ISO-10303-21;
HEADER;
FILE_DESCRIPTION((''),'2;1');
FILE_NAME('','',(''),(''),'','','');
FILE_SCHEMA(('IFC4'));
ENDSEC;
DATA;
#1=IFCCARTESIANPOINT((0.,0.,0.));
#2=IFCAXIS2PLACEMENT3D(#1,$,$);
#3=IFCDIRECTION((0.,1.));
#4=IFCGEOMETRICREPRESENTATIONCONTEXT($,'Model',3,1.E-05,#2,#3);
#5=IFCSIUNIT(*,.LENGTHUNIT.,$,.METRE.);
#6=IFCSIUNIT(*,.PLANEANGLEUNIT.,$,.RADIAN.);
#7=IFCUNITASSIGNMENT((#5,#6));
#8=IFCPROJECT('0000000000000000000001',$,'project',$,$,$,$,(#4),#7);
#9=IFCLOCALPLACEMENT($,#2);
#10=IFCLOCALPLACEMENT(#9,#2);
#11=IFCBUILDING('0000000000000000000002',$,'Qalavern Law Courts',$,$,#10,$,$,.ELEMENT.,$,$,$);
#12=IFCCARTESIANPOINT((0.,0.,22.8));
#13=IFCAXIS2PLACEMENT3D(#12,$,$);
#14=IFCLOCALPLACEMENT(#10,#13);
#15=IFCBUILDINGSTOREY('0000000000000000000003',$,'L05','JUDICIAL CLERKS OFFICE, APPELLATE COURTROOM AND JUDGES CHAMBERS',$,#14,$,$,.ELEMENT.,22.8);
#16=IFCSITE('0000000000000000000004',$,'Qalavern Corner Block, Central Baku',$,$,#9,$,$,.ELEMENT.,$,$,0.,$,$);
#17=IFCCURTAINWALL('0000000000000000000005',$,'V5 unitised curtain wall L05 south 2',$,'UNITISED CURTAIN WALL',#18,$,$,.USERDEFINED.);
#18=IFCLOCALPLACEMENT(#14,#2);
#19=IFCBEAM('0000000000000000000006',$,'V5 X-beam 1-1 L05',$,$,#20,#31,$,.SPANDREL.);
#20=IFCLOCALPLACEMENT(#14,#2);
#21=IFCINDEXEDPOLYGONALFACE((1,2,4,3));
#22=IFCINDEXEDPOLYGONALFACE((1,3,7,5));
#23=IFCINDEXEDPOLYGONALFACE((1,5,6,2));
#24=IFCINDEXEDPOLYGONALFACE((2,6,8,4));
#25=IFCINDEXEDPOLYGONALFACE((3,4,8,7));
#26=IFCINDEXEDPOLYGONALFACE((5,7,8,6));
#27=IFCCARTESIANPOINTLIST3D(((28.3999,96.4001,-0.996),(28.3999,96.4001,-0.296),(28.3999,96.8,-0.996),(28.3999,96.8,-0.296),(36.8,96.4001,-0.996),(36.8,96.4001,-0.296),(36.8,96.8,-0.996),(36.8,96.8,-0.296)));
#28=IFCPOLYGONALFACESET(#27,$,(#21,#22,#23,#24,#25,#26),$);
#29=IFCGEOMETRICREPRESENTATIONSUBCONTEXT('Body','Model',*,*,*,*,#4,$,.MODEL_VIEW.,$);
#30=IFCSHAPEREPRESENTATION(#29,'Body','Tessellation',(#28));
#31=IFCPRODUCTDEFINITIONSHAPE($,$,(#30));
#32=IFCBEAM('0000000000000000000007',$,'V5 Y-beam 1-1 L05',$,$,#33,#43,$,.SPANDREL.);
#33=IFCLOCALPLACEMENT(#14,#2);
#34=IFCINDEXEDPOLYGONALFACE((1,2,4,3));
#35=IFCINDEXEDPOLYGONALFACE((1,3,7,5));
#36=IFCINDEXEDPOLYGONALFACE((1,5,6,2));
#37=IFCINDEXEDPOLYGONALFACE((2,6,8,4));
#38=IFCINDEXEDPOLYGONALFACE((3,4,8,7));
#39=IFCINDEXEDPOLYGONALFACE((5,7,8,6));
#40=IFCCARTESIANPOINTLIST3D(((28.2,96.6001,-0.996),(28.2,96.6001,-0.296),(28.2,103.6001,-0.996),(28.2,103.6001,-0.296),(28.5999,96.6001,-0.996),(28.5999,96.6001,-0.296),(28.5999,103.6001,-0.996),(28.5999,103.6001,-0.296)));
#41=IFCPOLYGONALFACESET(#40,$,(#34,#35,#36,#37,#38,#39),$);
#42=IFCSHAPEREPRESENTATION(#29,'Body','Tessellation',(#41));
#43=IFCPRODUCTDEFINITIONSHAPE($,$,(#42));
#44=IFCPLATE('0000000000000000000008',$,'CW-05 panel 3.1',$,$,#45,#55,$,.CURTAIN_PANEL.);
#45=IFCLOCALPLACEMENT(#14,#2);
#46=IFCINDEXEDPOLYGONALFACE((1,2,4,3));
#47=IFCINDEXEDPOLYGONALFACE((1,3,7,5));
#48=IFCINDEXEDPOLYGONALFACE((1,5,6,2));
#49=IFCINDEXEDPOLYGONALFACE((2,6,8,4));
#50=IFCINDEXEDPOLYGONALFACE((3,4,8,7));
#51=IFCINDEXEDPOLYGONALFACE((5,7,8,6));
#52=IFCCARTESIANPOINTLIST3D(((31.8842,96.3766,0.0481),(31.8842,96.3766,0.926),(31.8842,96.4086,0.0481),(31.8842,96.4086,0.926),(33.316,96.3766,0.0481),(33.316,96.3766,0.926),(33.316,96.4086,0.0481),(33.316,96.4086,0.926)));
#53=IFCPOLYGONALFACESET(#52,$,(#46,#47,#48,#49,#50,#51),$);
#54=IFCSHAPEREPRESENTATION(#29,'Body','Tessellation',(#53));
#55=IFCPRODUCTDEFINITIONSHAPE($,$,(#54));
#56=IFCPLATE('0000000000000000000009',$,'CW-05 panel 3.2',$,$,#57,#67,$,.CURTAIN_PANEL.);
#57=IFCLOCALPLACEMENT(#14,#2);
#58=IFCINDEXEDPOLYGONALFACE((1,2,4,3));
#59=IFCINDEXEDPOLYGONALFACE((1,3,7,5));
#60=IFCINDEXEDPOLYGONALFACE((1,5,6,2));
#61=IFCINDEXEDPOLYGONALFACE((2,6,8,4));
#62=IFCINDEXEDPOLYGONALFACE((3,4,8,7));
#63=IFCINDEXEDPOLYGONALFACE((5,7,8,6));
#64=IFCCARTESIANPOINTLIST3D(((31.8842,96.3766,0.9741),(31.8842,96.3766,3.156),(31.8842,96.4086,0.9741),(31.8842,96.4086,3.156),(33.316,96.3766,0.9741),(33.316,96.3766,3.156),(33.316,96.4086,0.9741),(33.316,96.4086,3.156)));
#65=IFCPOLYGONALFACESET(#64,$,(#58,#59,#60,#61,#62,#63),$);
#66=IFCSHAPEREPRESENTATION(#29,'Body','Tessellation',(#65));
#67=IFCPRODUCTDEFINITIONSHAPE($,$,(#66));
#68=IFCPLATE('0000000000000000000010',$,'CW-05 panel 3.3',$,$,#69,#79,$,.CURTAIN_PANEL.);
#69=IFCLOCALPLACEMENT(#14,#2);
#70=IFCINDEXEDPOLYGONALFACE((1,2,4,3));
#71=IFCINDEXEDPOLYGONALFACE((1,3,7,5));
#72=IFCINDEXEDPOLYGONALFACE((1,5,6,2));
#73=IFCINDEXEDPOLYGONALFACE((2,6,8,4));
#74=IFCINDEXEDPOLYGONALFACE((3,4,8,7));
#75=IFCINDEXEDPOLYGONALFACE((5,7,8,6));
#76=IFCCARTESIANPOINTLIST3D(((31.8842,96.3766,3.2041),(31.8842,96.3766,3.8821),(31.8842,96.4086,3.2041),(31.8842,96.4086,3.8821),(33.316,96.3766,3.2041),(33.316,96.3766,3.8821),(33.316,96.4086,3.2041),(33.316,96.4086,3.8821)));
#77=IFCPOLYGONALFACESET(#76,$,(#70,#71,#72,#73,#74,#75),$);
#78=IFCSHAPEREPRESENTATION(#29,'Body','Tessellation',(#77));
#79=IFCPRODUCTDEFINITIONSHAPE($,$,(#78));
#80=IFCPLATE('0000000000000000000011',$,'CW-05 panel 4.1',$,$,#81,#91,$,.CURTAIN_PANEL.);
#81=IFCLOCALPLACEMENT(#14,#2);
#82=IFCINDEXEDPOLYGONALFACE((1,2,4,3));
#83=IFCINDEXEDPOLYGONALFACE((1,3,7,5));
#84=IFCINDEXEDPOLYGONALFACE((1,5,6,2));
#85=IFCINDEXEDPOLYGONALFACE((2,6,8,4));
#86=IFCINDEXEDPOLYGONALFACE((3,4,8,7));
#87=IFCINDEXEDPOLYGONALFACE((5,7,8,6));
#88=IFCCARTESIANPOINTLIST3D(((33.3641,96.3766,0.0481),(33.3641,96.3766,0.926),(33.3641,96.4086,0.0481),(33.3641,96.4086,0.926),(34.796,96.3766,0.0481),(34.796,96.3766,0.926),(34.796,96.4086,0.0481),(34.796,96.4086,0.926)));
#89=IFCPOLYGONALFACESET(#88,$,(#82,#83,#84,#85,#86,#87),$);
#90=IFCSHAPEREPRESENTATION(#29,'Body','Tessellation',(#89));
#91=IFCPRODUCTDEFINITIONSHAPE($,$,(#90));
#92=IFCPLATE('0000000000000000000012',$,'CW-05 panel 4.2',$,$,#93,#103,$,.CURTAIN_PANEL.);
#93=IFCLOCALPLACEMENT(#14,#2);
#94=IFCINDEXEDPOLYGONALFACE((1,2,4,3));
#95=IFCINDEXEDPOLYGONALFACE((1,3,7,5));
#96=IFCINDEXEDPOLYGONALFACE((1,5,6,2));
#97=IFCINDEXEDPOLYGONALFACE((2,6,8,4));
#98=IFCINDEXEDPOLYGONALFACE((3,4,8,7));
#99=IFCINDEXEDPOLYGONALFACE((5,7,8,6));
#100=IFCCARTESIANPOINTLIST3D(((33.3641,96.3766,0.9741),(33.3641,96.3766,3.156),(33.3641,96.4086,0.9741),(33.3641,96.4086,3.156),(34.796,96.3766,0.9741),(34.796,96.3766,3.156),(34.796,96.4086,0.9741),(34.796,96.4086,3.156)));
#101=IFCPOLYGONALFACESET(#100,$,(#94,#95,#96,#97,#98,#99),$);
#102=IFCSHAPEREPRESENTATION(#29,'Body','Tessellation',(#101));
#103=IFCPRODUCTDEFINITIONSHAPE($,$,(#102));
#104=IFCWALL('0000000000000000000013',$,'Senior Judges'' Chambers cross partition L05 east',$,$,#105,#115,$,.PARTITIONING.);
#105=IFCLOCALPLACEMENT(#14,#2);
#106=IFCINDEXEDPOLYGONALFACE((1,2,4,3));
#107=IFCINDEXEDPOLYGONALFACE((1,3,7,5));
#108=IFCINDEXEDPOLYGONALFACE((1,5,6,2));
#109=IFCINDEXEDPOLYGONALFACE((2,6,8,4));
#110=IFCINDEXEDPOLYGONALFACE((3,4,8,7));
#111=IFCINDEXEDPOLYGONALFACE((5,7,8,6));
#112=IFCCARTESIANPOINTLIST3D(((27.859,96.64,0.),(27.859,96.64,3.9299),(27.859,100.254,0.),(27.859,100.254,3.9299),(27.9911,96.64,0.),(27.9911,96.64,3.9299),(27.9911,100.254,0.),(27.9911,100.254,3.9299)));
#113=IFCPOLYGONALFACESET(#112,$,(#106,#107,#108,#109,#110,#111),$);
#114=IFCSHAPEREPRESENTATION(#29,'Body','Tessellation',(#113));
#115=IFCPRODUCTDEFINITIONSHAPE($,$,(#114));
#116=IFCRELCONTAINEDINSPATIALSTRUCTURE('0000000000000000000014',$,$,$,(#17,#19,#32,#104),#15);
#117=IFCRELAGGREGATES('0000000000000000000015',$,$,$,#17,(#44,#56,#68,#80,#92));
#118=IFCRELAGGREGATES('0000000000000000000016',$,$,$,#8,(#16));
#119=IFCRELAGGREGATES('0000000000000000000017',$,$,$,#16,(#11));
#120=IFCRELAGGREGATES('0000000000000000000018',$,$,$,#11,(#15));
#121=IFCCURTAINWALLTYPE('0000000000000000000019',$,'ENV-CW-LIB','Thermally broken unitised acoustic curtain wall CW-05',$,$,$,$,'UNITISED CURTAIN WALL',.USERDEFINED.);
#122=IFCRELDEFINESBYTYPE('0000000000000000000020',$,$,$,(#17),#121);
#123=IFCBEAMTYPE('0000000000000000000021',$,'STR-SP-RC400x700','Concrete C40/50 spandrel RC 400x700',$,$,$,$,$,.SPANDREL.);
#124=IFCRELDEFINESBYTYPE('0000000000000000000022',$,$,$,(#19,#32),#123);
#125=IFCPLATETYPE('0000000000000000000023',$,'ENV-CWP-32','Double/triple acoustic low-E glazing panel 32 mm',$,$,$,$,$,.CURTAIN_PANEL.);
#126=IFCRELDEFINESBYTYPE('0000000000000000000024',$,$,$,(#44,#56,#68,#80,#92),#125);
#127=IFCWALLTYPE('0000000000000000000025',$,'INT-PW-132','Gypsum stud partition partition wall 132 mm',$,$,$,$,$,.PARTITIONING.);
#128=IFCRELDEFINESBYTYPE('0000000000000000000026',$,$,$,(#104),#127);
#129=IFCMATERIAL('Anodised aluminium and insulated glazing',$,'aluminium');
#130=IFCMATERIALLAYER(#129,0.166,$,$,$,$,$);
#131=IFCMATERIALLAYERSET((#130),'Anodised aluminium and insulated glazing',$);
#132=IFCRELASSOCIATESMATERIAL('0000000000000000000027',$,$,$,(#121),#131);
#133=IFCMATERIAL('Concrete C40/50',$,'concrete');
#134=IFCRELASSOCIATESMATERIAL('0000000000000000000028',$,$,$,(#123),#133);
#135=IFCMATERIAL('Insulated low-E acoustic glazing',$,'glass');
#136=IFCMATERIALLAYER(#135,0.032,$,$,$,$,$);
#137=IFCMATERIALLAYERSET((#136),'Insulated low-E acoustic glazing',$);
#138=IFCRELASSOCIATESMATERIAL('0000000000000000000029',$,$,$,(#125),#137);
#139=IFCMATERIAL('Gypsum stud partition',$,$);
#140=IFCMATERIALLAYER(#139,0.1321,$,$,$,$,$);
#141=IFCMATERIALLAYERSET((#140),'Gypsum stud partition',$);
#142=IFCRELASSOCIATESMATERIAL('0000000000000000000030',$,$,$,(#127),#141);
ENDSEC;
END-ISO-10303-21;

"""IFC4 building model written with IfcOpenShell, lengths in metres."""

from ifc_helpers import new_model, si_unit, direction, frame, frame_2d, origin, origin_2d, place, context, subcontext, project, spatial, rectangle, extrude, material, layer, layer_set, material_profile, profile_set, type_object, element, aggregate, save


model = new_model("IFC4")

# Units and contexts
model_context = context("Model", 3, precision=1e-05, world=origin(), true_north=direction((0.0, 1.0)))
body_context = subcontext(model_context, "Body", "Model", "MODEL_VIEW")
ifc_project = project(units=[si_unit("LENGTHUNIT", "METRE"), si_unit("PLANEANGLEUNIT", "RADIAN")], contexts=[model_context])

# Site, building, storey
site_placement = place(None, origin())
site = spatial("IfcSite", under=ifc_project, at=site_placement, Name="Qalavern Corner Block, Central Baku", CompositionType="ELEMENT", RefElevation=0.0)
building_placement = place(site_placement, origin())
building = spatial("IfcBuilding", under=site, at=building_placement, Name="Qalavern Law Courts", CompositionType="ELEMENT")
storey_placement = place(building_placement, frame((0.0, 0.0, 22.8)))
storey = spatial("IfcBuildingStorey", under=building, at=storey_placement, Name="L05", Description="JUDICIAL CLERKS OFFICE, APPELLATE COURTROOM AND JUDGES CHAMBERS", CompositionType="ELEMENT", Elevation=22.8)

# Curtain wall
ifc_material_1 = material(Name="Anodised aluminium and insulated glazing", Category="aluminium")
ifc_layer_1 = layer(ifc_material_1, 0.166)
ifc_layer_set_1 = layer_set([ifc_layer_1], Name="Anodised aluminium and insulated glazing")
curtain_wall_type = type_object("IfcCurtainWallType", Name="ENV-CW-LIB", Description="Thermally broken unitised acoustic curtain wall CW-05", ElementType="UNITISED CURTAIN WALL", PredefinedType="USERDEFINED", material=ifc_layer_set_1)
curtain_wall_placement = place(storey_placement, origin())
curtain_wall = element("IfcCurtainWall", 1, at=curtain_wall_placement, inside=storey, type_object=curtain_wall_type, Name="V5 unitised curtain wall L05 south 2", ObjectType="UNITISED CURTAIN WALL", PredefinedType="USERDEFINED")

# Beams
ifc_material_2 = material(Name="Concrete C40/50", Category="concrete")
ifc_material_profile_1 = material_profile(ifc_material_2, rectangle(XDim=0.3999, YDim=0.7, at=origin_2d()), Name="RC 400x700")
ifc_profile_set_1 = profile_set([ifc_material_profile_1], Name="Concrete C40/50")
beam_type = type_object("IfcBeamType", Name="STR-SP-RC400x700", Description="Concrete C40/50 spandrel RC 400x700", PredefinedType="SPANDREL", material=ifc_profile_set_1)
beam_1_placement = place(storey_placement, frame((28.3999, 96.6001, -0.646), z_axis=(1.0, 0.0, 0.0), x_axis=(0.0, 1.0, 0.0)))
element("IfcBeam", 2, at=beam_1_placement, inside=storey, type_object=beam_type, Name="V5 X-beam 1-1 L05", PredefinedType="SPANDREL", context=body_context, shape_type="SweptSolid", body=[
    extrude(rectangle(XDim=0.3999, YDim=0.7, at=origin_2d()), origin(), (0.0, 0.0, 1.0), 8.4001),
])
beam_2_placement = place(storey_placement, frame((28.3999, 96.6001, -0.646), z_axis=(0.0, 1.0, 0.0), x_axis=(-1.0, 0.0, 0.0)))
element("IfcBeam", 3, at=beam_2_placement, inside=storey, type_object=beam_type, Name="V5 Y-beam 1-1 L05", PredefinedType="SPANDREL", context=body_context, shape_type="SweptSolid", body=[
    extrude(rectangle(XDim=0.3999, YDim=0.7, at=origin_2d()), origin(), (0.0, 0.0, 1.0), 7.0),
])

# Plates
ifc_material_3 = material(Name="Insulated low-E acoustic glazing", Category="glass")
ifc_layer_2 = layer(ifc_material_3, 0.032)
ifc_layer_set_2 = layer_set([ifc_layer_2], Name="Insulated low-E acoustic glazing")
plate_type = type_object("IfcPlateType", Name="ENV-CWP-32", Description="Double/triple acoustic low-E glazing panel 32 mm", PredefinedType="CURTAIN_PANEL", material=ifc_layer_set_2)
plate_1_placement = place(storey_placement, frame((32.6001, 96.3926, 0.0481), z_axis=(0.0, 0.0, 1.0), x_axis=(1.0, 0.0, 0.0)))
plate_1 = element("IfcPlate", 4, at=plate_1_placement, type_object=plate_type, Name="CW-05 panel 3.1", PredefinedType="CURTAIN_PANEL", context=body_context, shape_type="SweptSolid", body=[
    extrude(rectangle(XDim=1.4319, YDim=0.032, at=origin_2d()), origin(), (0.0, 0.0, 1.0), 0.8779),
])
plate_2_placement = place(storey_placement, frame((32.6001, 96.3926, 0.9741), z_axis=(0.0, 0.0, 1.0), x_axis=(1.0, 0.0, 0.0)))
plate_2 = element("IfcPlate", 5, at=plate_2_placement, type_object=plate_type, Name="CW-05 panel 3.2", PredefinedType="CURTAIN_PANEL", context=body_context, shape_type="SweptSolid", body=[
    extrude(rectangle(XDim=1.4319, YDim=0.032, at=origin_2d()), origin(), (0.0, 0.0, 1.0), 2.1819),
])
plate_3_placement = place(storey_placement, frame((32.6001, 96.3926, 3.2041), z_axis=(0.0, 0.0, 1.0), x_axis=(1.0, 0.0, 0.0)))
plate_3 = element("IfcPlate", 6, at=plate_3_placement, type_object=plate_type, Name="CW-05 panel 3.3", PredefinedType="CURTAIN_PANEL", context=body_context, shape_type="SweptSolid", body=[
    extrude(rectangle(XDim=1.4319, YDim=0.032, at=origin_2d()), origin(), (0.0, 0.0, 1.0), 0.678),
])
plate_4_placement = place(storey_placement, frame((34.0801, 96.3926, 0.0481), z_axis=(0.0, 0.0, 1.0), x_axis=(1.0, 0.0, 0.0)))
plate_4 = element("IfcPlate", 7, at=plate_4_placement, type_object=plate_type, Name="CW-05 panel 4.1", PredefinedType="CURTAIN_PANEL", context=body_context, shape_type="SweptSolid", body=[
    extrude(rectangle(XDim=1.4319, YDim=0.032, at=origin_2d()), origin(), (0.0, 0.0, 1.0), 0.8779),
])
plate_5_placement = place(storey_placement, frame((34.0801, 96.3926, 0.9741), z_axis=(0.0, 0.0, 1.0), x_axis=(1.0, 0.0, 0.0)))
plate_5 = element("IfcPlate", 8, at=plate_5_placement, type_object=plate_type, Name="CW-05 panel 4.2", PredefinedType="CURTAIN_PANEL", context=body_context, shape_type="SweptSolid", body=[
    extrude(rectangle(XDim=1.4319, YDim=0.032, at=origin_2d()), origin(), (0.0, 0.0, 1.0), 2.1819),
])
aggregate(curtain_wall, [plate_1, plate_2, plate_3, plate_4, plate_5])

# Wall
ifc_material_4 = material(Name="Gypsum stud partition")
ifc_layer_3 = layer(ifc_material_4, 0.1321)
ifc_layer_set_3 = layer_set([ifc_layer_3], Name="Gypsum stud partition")
wall_type = type_object("IfcWallType", Name="INT-PW-132", Description="Gypsum stud partition partition wall 132 mm", PredefinedType="PARTITIONING", material=ifc_layer_set_3)
wall_placement = place(storey_placement, frame((27.925, 96.6399, 0.0), z_axis=(0.0, 0.0, 1.0), x_axis=(0.0, 1.0, 0.0)))
element("IfcWall", 9, at=wall_placement, inside=storey, type_object=wall_type, Name="Senior Judges' Chambers cross partition L05 east", PredefinedType="PARTITIONING", context=body_context, shape_type="SweptSolid", body=[
    extrude(rectangle(XDim=3.614, YDim=0.1321, at=frame_2d((1.8071, 0.0))), origin(), (0.0, 0.0, 1.0), 3.9299),
])

save(model, "model.ifc")
